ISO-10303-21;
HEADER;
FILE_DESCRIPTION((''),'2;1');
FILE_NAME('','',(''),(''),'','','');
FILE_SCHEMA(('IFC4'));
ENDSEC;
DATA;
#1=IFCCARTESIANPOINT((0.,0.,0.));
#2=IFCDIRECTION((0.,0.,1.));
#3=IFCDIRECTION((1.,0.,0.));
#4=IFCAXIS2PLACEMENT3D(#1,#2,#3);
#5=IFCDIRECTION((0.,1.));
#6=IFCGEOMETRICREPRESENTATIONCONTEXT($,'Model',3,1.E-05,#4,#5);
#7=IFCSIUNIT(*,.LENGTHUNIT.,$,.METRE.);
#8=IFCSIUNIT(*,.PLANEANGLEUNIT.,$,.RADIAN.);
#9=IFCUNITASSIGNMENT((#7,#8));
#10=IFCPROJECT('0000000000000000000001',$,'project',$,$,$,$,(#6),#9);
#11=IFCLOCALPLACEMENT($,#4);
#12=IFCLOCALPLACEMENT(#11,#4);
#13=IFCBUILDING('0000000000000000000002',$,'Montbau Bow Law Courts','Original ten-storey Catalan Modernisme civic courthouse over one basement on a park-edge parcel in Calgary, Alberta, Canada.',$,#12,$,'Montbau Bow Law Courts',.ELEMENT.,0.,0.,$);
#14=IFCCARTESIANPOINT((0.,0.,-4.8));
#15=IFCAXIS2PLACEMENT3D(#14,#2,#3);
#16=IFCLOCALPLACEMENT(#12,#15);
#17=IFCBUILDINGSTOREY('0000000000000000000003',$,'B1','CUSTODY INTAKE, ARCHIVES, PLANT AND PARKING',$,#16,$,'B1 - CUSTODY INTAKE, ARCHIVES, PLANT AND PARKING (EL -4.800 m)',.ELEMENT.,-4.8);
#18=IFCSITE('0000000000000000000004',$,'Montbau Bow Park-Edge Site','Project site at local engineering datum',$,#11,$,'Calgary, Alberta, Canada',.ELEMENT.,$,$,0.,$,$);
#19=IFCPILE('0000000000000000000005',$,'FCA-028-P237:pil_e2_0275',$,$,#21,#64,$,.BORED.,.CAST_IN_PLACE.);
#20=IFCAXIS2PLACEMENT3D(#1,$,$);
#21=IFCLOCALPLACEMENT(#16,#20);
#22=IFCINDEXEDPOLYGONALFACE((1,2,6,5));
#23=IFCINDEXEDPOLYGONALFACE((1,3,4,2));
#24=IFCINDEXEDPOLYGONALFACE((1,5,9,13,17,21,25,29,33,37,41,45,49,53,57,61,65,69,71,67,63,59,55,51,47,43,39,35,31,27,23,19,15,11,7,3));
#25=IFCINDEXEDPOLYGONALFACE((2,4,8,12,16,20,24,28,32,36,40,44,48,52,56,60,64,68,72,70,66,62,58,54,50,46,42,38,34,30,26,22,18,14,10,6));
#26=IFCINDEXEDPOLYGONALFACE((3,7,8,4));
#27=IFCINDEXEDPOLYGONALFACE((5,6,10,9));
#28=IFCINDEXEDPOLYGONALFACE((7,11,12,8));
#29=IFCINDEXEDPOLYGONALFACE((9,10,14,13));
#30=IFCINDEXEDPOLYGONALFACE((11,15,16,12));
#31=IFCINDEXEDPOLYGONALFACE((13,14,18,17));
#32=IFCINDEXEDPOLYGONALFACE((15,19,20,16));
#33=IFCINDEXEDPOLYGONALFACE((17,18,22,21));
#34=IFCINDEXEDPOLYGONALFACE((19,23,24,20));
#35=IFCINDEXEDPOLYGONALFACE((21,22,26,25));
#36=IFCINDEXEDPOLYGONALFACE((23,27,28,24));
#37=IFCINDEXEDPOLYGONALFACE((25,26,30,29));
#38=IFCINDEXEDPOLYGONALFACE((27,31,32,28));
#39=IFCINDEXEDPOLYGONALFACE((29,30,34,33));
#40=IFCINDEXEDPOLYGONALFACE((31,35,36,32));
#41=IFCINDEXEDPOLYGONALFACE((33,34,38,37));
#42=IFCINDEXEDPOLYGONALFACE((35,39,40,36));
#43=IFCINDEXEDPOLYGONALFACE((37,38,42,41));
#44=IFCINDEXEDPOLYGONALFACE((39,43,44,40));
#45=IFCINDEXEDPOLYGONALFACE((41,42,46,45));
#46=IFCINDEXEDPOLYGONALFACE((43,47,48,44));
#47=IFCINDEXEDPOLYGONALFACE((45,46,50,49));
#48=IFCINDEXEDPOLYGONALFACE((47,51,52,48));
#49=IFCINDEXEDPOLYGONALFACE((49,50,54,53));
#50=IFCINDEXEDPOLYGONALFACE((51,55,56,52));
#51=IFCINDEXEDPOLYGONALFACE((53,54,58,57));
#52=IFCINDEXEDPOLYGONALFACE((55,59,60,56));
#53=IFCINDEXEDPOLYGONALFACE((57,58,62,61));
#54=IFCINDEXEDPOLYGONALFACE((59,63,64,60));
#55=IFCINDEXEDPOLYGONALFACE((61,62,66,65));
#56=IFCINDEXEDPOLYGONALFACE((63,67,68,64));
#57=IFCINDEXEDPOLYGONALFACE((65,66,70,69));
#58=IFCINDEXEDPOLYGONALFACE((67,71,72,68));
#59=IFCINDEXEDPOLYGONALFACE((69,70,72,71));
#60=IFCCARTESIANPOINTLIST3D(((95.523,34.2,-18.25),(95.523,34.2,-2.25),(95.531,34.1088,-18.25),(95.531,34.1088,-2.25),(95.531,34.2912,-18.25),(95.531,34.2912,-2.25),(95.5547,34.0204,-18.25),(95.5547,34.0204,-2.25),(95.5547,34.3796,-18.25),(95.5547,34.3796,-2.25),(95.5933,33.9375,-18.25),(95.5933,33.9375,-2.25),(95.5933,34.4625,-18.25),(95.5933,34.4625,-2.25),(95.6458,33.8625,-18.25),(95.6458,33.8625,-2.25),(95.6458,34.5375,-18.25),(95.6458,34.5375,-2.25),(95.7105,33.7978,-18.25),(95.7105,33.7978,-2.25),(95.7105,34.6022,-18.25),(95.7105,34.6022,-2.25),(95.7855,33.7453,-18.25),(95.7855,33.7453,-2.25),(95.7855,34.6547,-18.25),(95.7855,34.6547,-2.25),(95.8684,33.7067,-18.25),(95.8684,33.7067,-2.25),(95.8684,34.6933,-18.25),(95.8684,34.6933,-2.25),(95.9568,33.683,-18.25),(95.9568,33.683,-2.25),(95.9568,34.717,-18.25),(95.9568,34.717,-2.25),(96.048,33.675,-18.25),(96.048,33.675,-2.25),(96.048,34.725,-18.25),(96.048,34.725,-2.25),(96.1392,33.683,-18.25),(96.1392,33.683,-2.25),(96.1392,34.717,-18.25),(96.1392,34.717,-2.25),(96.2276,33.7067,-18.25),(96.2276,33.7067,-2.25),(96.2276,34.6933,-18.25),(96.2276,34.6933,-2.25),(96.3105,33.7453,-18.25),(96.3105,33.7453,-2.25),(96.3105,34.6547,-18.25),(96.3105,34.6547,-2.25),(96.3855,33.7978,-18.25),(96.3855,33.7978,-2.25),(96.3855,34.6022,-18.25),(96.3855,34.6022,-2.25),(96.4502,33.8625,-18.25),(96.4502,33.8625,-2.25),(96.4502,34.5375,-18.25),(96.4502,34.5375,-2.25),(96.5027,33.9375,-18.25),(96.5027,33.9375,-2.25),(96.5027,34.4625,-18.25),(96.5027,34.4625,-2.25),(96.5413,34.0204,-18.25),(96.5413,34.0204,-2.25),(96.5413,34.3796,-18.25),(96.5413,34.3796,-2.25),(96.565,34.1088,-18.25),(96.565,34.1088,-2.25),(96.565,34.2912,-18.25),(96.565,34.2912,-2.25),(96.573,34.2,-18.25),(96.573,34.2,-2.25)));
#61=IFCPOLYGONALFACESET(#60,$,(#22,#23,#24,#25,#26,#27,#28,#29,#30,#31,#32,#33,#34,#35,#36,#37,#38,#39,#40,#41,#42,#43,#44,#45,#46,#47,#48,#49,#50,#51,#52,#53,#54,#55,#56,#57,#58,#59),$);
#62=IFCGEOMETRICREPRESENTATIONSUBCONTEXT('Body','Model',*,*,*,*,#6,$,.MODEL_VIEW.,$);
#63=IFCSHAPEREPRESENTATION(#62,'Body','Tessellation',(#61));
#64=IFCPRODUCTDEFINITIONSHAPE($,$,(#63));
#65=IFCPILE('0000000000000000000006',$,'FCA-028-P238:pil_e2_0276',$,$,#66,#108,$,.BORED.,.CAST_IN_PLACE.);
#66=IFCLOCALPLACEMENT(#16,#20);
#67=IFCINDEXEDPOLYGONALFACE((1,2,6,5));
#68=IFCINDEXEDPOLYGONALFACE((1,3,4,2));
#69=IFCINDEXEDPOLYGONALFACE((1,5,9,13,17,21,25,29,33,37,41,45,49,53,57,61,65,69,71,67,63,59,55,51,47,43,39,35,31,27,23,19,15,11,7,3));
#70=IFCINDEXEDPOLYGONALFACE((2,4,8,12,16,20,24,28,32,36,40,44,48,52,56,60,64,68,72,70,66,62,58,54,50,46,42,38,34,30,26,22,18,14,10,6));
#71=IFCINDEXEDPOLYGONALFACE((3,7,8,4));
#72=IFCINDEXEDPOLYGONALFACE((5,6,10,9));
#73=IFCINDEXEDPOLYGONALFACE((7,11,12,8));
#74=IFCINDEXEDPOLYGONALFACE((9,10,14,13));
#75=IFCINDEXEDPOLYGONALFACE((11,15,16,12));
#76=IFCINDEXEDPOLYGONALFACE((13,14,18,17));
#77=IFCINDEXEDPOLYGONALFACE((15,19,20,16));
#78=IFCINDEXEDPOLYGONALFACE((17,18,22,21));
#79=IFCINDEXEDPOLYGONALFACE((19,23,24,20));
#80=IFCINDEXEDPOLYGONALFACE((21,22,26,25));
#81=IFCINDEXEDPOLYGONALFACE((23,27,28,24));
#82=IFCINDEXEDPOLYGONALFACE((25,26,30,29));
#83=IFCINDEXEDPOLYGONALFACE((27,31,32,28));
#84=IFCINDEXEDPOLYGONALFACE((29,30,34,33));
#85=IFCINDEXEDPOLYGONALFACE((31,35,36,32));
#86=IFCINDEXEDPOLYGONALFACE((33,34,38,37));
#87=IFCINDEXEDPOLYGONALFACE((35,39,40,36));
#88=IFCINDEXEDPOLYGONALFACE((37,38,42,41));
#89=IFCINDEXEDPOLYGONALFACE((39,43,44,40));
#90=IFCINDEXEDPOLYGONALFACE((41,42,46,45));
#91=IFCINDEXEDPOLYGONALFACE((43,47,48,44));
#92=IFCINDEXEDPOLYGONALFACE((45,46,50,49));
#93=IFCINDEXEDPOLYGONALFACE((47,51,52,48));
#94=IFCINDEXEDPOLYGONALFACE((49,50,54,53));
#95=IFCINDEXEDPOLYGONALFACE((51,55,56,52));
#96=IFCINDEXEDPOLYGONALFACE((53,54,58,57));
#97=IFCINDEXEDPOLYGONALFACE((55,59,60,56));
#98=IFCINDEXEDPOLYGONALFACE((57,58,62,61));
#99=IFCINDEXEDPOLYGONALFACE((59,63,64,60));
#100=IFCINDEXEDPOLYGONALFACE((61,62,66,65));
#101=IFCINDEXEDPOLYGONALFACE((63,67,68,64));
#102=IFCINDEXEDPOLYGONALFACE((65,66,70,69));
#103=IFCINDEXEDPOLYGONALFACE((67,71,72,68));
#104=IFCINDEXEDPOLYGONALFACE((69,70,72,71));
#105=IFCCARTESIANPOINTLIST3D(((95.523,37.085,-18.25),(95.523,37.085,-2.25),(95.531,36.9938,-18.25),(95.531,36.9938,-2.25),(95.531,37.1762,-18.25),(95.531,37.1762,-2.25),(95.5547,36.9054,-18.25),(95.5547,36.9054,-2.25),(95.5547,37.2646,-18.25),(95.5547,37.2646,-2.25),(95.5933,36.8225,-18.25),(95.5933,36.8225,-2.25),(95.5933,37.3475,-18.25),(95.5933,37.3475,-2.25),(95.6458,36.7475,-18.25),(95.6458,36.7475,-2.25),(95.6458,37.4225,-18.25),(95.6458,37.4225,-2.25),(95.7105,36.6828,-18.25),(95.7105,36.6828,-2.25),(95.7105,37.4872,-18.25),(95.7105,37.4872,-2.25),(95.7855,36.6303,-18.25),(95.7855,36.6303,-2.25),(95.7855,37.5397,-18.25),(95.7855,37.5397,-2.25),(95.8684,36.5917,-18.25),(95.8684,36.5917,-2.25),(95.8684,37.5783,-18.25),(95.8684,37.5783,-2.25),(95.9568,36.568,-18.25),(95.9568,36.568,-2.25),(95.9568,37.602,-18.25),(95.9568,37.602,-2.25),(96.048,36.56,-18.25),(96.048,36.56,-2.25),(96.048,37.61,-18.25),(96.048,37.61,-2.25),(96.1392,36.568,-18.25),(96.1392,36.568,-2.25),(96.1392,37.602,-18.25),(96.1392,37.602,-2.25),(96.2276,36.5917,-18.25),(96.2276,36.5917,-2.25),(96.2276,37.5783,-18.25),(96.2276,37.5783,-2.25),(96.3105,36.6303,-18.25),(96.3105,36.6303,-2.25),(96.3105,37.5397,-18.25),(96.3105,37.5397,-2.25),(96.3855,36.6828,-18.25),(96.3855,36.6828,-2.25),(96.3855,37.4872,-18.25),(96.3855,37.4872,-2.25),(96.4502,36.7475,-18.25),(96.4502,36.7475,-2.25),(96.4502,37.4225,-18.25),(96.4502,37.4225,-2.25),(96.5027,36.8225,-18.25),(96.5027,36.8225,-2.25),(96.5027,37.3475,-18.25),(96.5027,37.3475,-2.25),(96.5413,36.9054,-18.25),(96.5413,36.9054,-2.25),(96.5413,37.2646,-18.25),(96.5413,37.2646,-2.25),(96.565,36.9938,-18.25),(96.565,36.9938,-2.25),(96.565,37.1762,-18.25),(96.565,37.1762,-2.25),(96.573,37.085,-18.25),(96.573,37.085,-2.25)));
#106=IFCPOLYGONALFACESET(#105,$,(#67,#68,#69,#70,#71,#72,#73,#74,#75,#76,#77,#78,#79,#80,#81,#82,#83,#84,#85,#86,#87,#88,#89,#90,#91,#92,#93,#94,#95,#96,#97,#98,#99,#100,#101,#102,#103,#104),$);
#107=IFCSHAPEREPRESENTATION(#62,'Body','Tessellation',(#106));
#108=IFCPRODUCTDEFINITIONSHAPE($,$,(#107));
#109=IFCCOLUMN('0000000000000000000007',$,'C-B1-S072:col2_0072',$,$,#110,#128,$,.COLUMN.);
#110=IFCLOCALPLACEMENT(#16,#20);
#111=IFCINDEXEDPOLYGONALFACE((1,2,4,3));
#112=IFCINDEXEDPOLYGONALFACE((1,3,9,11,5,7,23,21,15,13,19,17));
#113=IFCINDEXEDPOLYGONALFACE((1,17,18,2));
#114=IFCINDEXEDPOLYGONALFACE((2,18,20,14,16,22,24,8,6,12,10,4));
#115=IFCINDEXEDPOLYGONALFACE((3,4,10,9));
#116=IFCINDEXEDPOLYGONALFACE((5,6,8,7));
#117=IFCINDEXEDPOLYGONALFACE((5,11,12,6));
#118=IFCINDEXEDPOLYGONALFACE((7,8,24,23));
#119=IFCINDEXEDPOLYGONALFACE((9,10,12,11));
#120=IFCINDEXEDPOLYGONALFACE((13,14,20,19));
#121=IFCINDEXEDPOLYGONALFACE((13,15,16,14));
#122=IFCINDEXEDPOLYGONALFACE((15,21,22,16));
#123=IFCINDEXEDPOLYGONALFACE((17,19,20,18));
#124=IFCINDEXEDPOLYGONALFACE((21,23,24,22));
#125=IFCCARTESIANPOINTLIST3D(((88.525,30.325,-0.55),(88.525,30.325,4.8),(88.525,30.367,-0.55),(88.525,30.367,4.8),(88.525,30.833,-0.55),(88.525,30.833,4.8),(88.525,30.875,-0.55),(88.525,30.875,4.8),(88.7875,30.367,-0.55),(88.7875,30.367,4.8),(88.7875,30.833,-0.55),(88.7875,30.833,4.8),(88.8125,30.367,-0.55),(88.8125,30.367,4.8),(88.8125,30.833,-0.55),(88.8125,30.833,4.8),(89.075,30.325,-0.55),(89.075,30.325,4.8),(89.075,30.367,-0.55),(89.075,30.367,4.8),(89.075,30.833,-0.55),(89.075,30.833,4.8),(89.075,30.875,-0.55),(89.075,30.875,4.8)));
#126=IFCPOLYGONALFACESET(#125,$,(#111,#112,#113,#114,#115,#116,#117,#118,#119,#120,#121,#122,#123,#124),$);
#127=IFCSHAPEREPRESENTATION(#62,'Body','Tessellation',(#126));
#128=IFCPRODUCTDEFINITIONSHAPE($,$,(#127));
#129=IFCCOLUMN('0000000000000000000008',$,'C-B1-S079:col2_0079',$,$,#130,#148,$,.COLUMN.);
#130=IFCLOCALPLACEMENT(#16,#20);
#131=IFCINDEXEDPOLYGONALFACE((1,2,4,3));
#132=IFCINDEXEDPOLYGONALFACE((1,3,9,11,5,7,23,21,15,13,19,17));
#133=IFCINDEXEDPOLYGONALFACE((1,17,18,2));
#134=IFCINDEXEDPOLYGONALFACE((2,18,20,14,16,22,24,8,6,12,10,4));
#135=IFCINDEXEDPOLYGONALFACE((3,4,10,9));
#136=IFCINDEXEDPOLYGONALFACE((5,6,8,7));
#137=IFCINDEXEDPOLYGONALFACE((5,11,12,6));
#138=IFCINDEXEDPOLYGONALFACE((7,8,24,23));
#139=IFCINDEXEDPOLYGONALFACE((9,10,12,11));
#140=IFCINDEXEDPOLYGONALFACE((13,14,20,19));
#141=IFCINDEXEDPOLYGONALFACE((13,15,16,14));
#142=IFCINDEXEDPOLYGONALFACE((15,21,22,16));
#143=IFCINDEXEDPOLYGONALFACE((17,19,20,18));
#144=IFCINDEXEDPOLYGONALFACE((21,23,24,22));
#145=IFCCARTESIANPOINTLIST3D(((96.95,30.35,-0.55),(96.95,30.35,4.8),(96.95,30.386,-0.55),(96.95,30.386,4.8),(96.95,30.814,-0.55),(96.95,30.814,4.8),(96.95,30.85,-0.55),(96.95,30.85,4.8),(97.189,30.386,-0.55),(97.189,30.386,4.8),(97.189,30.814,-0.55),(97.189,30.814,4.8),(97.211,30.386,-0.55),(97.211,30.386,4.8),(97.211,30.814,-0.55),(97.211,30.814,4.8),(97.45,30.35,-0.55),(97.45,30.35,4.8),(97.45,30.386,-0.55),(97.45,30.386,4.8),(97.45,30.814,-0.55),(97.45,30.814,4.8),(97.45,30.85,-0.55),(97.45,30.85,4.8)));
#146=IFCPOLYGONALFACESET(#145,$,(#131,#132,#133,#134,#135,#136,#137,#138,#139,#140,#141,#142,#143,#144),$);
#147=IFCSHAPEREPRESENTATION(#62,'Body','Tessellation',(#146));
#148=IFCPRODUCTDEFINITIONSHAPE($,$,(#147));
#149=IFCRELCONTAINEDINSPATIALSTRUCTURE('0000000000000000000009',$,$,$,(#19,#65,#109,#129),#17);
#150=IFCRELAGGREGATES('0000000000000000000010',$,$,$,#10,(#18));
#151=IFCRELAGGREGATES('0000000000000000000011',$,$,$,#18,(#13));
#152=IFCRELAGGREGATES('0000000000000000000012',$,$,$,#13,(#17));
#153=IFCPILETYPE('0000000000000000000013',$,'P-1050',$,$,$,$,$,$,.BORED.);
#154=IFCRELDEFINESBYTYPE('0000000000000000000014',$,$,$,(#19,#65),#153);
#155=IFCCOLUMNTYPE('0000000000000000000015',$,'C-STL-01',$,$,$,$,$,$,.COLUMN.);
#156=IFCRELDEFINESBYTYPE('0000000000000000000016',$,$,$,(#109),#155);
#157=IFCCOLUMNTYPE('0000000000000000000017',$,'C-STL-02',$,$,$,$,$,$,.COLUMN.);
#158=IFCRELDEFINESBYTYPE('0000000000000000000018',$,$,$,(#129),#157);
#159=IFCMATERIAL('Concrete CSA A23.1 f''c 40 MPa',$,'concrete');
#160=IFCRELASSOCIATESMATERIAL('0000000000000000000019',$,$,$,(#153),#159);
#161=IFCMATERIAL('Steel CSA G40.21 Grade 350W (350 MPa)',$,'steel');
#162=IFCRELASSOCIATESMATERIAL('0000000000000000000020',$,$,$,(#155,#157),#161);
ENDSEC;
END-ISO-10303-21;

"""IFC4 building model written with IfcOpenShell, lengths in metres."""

from ifc_helpers import new_model, si_unit, direction, frame, origin_with_axes, origin_2d_with_axis, place, context, subcontext, project, spatial, circle, i_section, extrude, material, material_profile, profile_set, type_object, element, save


model = new_model("IFC4")

# Units and contexts
model_context = context("Model", 3, precision=1e-05, world=origin_with_axes(), true_north=direction((0.0, 1.0)))
body_context = subcontext(model_context, "Body", "Model", "MODEL_VIEW")
ifc_project = project(units=[si_unit("LENGTHUNIT", "METRE"), si_unit("PLANEANGLEUNIT", "RADIAN")], contexts=[model_context])

# Site, building, storey
site_placement = place(None, origin_with_axes())
site = spatial("IfcSite", under=ifc_project, at=site_placement, Name="Montbau Bow Park-Edge Site", Description="Project site at local engineering datum", LongName="Calgary, Alberta, Canada", CompositionType="ELEMENT", RefElevation=0.0)
building_placement = place(site_placement, origin_with_axes())
building = spatial("IfcBuilding", under=site, at=building_placement, Name="Montbau Bow Law Courts", Description="Original ten-storey Catalan Modernisme civic courthouse over one basement on a park-edge parcel in Calgary, Alberta, Canada.", LongName="Montbau Bow Law Courts", CompositionType="ELEMENT", ElevationOfRefHeight=0.0, ElevationOfTerrain=0.0)
storey_placement = place(building_placement, frame((0.0, 0.0, -4.8), z_axis=(0.0, 0.0, 1.0), x_axis=(1.0, 0.0, 0.0)))
storey = spatial("IfcBuildingStorey", under=building, at=storey_placement, Name="B1", Description="CUSTODY INTAKE, ARCHIVES, PLANT AND PARKING", LongName="B1 - CUSTODY INTAKE, ARCHIVES, PLANT AND PARKING (EL -4.800 m)", CompositionType="ELEMENT", Elevation=-4.8)

# Piles
ifc_material_1 = material(Name="Concrete CSA A23.1 f'c 40 MPa", Category="concrete")
ifc_material_profile_1 = material_profile(ifc_material_1, circle(Radius=0.525, at=origin_2d_with_axis()), Name="BP1050", Category="Main", Priority=0)
ifc_profile_set_1 = profile_set([ifc_material_profile_1], Name="Concrete CSA A23.1 f'c 40 MPa")
pile_type = type_object("IfcPileType", Name="P-1050", PredefinedType="BORED", material=ifc_profile_set_1)
for number, where, z_axis, x_axis, name in (
    (1, (96.048, 34.2, -23.05), (0.0, 0.0, 1.0), (1.0, 0.0, 0.0), "FCA-028-P237:pil_e2_0275"),
    (2, (96.048, 37.085, -23.05), (0.0, 0.0, 1.0), (1.0, 0.0, 0.0), "FCA-028-P238:pil_e2_0276"),
):
    element("IfcPile", number, at=place(None, frame(where, z_axis=z_axis, x_axis=x_axis)), inside=storey, type_object=pile_type, Name=name, ConstructionType="CAST_IN_PLACE", PredefinedType="BORED", context=body_context, shape_type="SweptSolid", body=[
        extrude(circle(Radius=0.525, at=origin_2d_with_axis()), origin_with_axes(), (0.0, 0.0, 1.0), 16.0),
    ])

# Columns
ifc_material_2 = material(Name="Steel CSA G40.21 Grade 350W (350 MPa)", Category="steel")
ifc_material_profile_2 = material_profile(ifc_material_2, i_section(OverallWidth=0.55, OverallDepth=0.55, WebThickness=0.025, FlangeThickness=0.042, at=origin_2d_with_axis()), Name="WWF550X420", Category="Main", Priority=0)
ifc_profile_set_2 = profile_set([ifc_material_profile_2], Name="Steel CSA G40.21 Grade 350W (350 MPa)")
column_type_1 = type_object("IfcColumnType", Name="C-STL-01", PredefinedType="COLUMN", material=ifc_profile_set_2)
column_1_placement = place(None, frame((88.8, 30.6, -5.35), z_axis=(0.0, 0.0, 1.0), x_axis=(1.0, 0.0, 0.0)))
element("IfcColumn", 3, at=column_1_placement, inside=storey, type_object=column_type_1, Name="C-B1-S072:col2_0072", PredefinedType="COLUMN", context=body_context, shape_type="SweptSolid", body=[
    extrude(i_section(OverallWidth=0.55, OverallDepth=0.55, WebThickness=0.025, FlangeThickness=0.042, at=origin_2d_with_axis()), origin_with_axes(), (0.0, 0.0, 1.0), 5.35),
])
ifc_material_profile_3 = material_profile(ifc_material_2, i_section(OverallWidth=0.5, OverallDepth=0.5, WebThickness=0.022, FlangeThickness=0.036, at=origin_2d_with_axis()), Name="WWF500X343", Category="Main", Priority=0)
ifc_profile_set_3 = profile_set([ifc_material_profile_3], Name="Steel CSA G40.21 Grade 350W (350 MPa)")
column_type_2 = type_object("IfcColumnType", Name="C-STL-02", PredefinedType="COLUMN", material=ifc_profile_set_3)
column_2_placement = place(None, frame((97.2, 30.6, -5.35), z_axis=(0.0, 0.0, 1.0), x_axis=(1.0, 0.0, 0.0)))
element("IfcColumn", 4, at=column_2_placement, inside=storey, type_object=column_type_2, Name="C-B1-S079:col2_0079", PredefinedType="COLUMN", context=body_context, shape_type="SweptSolid", body=[
    extrude(i_section(OverallWidth=0.5, OverallDepth=0.5, WebThickness=0.022, FlangeThickness=0.036, at=origin_2d_with_axis()), origin_with_axes(), (0.0, 0.0, 1.0), 5.35),
])

save(model, "model.ifc")
